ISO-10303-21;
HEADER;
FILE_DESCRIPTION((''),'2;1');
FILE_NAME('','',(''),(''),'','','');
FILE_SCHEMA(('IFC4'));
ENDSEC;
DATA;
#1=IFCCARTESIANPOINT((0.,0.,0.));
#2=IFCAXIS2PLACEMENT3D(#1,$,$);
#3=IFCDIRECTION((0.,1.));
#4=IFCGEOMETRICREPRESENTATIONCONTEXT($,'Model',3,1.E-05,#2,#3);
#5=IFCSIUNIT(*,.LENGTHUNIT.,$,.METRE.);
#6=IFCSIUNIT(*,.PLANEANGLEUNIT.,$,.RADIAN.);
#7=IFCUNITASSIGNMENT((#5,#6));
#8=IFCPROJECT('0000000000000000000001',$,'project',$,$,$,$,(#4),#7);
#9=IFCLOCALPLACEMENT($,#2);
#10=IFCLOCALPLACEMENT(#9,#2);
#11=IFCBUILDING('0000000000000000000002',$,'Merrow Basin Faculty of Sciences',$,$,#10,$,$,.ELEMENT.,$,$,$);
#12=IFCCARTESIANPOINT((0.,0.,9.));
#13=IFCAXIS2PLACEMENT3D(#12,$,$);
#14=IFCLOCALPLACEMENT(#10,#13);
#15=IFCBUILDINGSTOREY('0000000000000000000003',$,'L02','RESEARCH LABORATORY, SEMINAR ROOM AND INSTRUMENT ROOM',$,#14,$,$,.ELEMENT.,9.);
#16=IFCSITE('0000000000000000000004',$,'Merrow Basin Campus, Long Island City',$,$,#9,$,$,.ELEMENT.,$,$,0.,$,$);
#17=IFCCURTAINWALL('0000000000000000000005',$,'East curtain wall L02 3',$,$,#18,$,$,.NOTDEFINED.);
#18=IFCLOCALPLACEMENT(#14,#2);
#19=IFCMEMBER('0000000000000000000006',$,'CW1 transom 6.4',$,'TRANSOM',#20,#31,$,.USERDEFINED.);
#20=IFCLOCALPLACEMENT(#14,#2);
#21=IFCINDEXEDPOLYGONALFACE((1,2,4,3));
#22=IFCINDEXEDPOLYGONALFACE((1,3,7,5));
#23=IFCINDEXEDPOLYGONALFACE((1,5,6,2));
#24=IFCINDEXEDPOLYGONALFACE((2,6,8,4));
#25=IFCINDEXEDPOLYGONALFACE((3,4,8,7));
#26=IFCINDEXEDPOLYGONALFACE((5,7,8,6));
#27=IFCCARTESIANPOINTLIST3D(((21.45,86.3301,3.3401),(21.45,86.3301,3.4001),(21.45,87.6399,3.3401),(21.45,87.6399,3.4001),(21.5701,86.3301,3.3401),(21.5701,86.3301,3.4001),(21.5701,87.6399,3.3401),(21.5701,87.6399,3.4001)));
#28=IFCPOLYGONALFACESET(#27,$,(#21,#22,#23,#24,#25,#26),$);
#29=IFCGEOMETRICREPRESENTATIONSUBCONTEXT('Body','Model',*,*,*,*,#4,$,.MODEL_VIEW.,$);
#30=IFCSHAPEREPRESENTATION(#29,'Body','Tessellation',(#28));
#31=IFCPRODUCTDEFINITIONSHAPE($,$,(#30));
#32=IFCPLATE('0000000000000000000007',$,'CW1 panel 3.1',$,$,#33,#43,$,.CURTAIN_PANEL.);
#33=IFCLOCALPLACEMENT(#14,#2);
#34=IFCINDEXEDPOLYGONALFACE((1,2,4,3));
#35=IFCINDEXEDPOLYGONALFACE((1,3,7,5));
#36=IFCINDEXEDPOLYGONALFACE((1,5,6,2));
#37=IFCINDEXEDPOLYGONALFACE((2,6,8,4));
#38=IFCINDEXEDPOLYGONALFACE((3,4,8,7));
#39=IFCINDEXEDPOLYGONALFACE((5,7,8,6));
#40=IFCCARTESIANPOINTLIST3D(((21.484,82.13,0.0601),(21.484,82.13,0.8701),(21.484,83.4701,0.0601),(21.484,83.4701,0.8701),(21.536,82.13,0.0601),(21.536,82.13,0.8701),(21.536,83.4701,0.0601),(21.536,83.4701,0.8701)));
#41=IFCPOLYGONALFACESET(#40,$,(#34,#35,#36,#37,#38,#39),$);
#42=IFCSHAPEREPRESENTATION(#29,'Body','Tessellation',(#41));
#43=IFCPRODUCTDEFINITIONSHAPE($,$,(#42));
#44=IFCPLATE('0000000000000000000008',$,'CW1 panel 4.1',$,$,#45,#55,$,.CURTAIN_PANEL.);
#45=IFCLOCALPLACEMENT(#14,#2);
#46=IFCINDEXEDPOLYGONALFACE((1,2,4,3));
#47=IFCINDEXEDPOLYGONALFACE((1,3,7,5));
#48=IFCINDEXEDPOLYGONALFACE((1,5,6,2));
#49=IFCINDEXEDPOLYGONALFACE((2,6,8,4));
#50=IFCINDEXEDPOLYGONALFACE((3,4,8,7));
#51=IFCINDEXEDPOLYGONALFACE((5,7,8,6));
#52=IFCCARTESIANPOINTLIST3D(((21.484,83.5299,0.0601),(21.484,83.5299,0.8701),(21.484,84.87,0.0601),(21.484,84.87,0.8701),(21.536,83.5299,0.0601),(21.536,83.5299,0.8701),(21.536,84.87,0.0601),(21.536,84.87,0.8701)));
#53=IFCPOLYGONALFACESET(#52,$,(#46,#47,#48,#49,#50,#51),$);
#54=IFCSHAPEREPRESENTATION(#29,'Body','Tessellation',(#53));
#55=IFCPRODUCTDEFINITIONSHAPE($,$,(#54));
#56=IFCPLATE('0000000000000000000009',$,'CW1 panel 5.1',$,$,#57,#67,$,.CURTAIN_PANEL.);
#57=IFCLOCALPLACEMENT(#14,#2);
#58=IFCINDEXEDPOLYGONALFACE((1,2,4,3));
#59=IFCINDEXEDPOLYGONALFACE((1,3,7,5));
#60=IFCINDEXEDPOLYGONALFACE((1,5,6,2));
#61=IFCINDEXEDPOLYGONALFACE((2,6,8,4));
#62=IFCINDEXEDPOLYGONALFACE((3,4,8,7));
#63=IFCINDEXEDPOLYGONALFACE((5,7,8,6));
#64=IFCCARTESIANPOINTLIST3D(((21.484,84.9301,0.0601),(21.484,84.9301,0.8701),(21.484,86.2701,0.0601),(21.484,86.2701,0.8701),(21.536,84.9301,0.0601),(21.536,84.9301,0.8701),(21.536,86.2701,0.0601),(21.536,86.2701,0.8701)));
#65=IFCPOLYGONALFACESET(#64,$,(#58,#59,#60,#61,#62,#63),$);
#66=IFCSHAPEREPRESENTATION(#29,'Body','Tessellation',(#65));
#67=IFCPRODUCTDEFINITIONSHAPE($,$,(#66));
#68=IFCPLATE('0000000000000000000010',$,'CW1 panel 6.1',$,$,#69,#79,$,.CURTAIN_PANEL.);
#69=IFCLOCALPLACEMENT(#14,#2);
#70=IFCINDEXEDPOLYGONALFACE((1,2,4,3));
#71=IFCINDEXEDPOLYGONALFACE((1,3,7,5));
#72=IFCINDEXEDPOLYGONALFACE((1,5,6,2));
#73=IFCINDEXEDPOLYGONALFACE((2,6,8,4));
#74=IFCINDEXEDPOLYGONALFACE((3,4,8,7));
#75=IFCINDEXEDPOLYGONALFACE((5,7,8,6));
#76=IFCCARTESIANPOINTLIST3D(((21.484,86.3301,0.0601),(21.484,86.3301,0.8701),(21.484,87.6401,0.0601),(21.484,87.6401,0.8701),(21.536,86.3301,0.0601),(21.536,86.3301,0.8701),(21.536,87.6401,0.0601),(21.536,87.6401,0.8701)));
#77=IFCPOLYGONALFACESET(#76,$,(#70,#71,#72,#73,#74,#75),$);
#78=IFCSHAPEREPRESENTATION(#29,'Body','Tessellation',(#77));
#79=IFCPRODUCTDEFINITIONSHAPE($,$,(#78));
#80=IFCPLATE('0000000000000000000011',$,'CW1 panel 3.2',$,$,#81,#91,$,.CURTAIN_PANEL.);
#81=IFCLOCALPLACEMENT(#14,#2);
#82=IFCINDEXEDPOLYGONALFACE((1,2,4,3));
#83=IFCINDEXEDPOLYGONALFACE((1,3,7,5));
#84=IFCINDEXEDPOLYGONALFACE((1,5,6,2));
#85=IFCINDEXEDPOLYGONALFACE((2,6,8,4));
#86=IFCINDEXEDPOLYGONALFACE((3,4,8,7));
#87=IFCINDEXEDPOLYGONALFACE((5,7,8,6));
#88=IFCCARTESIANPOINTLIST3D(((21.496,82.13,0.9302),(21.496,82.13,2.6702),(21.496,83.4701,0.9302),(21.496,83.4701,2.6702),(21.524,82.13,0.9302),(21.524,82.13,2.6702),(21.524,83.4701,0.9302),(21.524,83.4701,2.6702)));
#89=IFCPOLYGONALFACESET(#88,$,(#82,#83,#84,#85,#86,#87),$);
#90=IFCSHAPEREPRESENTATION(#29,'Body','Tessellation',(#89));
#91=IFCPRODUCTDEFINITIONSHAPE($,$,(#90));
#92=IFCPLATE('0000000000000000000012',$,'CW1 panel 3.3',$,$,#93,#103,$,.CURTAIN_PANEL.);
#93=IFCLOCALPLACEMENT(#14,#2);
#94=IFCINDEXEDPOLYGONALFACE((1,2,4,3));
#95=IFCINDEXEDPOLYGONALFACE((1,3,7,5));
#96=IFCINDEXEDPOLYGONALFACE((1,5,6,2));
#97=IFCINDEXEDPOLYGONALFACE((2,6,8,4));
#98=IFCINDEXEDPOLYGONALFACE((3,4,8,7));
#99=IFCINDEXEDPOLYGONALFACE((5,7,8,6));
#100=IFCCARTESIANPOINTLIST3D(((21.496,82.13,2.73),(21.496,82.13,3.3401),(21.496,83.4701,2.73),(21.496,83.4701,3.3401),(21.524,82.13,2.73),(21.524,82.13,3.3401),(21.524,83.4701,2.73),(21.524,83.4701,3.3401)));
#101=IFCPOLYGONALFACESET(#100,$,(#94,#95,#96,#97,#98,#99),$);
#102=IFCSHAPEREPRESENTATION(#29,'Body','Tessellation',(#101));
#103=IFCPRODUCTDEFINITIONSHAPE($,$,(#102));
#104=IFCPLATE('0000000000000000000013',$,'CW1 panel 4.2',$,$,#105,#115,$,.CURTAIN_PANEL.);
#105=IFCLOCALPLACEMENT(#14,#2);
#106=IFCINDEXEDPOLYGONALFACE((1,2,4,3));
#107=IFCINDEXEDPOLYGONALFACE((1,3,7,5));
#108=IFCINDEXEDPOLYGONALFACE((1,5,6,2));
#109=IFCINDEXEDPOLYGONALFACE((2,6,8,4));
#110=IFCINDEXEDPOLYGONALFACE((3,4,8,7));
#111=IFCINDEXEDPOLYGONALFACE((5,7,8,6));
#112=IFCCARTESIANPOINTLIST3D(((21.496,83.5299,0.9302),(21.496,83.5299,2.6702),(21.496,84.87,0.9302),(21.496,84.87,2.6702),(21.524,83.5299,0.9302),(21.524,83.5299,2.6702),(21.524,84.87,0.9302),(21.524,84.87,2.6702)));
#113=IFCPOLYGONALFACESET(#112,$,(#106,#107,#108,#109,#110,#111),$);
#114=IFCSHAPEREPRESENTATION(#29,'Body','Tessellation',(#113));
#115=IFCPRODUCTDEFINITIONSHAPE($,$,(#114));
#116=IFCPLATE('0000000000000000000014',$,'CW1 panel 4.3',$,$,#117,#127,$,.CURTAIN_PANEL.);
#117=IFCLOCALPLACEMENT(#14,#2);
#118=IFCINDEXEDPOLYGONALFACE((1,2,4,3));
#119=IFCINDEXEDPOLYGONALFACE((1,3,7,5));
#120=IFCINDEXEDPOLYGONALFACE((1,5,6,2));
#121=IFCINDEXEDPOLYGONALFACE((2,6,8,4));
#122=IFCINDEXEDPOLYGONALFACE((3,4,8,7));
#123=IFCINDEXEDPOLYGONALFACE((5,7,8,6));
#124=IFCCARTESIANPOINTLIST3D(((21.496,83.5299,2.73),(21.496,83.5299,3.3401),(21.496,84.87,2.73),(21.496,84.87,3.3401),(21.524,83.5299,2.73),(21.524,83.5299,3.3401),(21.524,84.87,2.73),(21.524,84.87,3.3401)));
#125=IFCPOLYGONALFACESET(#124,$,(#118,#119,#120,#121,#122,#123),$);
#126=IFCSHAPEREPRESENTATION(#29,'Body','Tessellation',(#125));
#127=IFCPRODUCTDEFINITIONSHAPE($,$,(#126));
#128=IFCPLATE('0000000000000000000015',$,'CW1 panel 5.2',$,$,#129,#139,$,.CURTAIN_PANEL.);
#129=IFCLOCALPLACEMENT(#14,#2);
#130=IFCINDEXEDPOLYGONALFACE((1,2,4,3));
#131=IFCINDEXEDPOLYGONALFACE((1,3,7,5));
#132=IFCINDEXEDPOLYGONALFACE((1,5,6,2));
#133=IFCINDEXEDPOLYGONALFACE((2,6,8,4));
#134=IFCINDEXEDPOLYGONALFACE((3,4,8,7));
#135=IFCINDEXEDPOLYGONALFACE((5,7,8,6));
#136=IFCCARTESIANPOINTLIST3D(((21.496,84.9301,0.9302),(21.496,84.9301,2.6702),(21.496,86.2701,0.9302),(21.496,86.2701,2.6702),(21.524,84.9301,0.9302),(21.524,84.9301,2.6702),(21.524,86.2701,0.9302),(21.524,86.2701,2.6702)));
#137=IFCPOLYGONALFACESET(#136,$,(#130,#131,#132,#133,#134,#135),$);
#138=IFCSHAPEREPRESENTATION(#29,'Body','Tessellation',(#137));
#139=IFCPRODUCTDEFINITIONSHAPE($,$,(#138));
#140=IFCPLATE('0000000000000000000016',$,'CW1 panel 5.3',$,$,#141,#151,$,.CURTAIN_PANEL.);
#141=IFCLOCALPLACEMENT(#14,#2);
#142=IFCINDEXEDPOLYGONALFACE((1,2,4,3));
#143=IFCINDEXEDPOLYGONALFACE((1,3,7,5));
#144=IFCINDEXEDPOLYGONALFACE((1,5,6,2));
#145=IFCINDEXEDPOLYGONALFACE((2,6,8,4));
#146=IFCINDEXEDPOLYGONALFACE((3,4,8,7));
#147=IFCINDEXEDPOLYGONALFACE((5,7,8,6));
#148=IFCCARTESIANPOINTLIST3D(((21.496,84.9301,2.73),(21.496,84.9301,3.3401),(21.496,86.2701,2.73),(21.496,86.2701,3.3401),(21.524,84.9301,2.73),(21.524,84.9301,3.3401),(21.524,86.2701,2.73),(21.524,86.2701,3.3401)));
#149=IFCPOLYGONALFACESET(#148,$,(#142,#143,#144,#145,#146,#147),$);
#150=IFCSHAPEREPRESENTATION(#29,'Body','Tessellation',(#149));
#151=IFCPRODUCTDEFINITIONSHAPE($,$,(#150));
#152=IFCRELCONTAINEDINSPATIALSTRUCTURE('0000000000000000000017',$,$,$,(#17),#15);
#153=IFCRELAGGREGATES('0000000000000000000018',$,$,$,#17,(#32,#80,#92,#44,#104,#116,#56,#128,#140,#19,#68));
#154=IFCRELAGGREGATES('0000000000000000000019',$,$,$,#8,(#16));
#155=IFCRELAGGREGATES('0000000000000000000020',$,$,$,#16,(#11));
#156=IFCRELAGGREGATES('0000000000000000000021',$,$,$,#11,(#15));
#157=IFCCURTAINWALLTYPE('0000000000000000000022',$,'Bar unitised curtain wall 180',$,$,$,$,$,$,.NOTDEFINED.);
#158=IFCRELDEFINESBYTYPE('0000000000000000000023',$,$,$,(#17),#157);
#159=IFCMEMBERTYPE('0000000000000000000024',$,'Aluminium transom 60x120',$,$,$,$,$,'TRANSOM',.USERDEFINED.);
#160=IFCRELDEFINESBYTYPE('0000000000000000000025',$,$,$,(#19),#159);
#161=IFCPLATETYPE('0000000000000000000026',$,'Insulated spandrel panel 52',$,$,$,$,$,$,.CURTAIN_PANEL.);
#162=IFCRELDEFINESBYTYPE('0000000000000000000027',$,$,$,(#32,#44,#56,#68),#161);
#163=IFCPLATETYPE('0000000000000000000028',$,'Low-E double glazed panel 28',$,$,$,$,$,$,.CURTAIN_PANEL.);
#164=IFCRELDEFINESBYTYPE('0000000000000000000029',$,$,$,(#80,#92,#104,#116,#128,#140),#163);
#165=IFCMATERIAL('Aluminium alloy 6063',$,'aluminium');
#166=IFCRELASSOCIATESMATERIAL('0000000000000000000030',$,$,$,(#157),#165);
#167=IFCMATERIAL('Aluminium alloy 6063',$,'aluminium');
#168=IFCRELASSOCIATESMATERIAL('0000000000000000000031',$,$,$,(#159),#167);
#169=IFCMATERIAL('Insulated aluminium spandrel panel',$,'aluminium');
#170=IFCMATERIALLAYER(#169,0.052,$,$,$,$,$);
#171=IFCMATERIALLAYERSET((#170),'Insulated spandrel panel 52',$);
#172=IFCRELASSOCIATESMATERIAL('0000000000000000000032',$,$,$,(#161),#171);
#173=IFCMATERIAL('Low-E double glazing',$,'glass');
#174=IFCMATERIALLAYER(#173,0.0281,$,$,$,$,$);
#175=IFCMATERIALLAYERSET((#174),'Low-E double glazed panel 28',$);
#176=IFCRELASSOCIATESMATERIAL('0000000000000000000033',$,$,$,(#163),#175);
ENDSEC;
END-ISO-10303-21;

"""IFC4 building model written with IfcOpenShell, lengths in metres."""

from ifc_helpers import new_model, si_unit, direction, frame, origin, origin_2d, place, context, subcontext, project, spatial, rectangle, extrude, material, layer, layer_set, material_profile, profile_set, type_object, element, aggregate, save


model = new_model("IFC4")

# Units and contexts
model_context = context("Model", 3, precision=1e-05, world=origin(), true_north=direction((0.0, 1.0)))
body_context = subcontext(model_context, "Body", "Model", "MODEL_VIEW")
ifc_project = project(units=[si_unit("LENGTHUNIT", "METRE"), si_unit("PLANEANGLEUNIT", "RADIAN")], contexts=[model_context])

# Site, building, storey
site_placement = place(None, origin())
site = spatial("IfcSite", under=ifc_project, at=site_placement, Name="Merrow Basin Campus, Long Island City", CompositionType="ELEMENT", RefElevation=0.0)
building_placement = place(site_placement, origin())
building = spatial("IfcBuilding", under=site, at=building_placement, Name="Merrow Basin Faculty of Sciences", CompositionType="ELEMENT")
storey_placement = place(building_placement, frame((0.0, 0.0, 9.0)))
storey = spatial("IfcBuildingStorey", under=building, at=storey_placement, Name="L02", Description="RESEARCH LABORATORY, SEMINAR ROOM AND INSTRUMENT ROOM", CompositionType="ELEMENT", Elevation=9.0)

# Curtain wall, member, plates
ifc_material_1 = material(Name="Aluminium alloy 6063", Category="aluminium")
curtain_wall_type = type_object("IfcCurtainWallType", Name="Bar unitised curtain wall 180", PredefinedType="NOTDEFINED", material=ifc_material_1)
curtain_wall_placement = place(storey_placement, origin())
curtain_wall = element("IfcCurtainWall", 1, at=curtain_wall_placement, inside=storey, type_object=curtain_wall_type, Name="East curtain wall L02 3", PredefinedType="NOTDEFINED")
ifc_material_2 = material(Name="Aluminium alloy 6063", Category="aluminium")
ifc_material_profile_1 = material_profile(ifc_material_2, rectangle(XDim=0.1201, YDim=0.0601, at=origin_2d()))
ifc_profile_set_1 = profile_set([ifc_material_profile_1], Name="Aluminium alloy 6063")
member_type_1 = type_object("IfcMemberType", Name="Aluminium transom 60x120", ElementType="TRANSOM", PredefinedType="USERDEFINED", material=ifc_profile_set_1)
member_1_placement = place(storey_placement, frame((21.51, 86.3301, 3.3701), z_axis=(0.0, 1.0, 0.0), x_axis=(-1.0, 0.0, 0.0)))
member_1 = element("IfcMember", 2, at=member_1_placement, type_object=member_type_1, Name="CW1 transom 6.4", ObjectType="TRANSOM", PredefinedType="USERDEFINED", context=body_context, shape_type="SweptSolid", body=[
    extrude(rectangle(XDim=0.1201, YDim=0.0601, at=origin_2d()), origin(), (0.0, 0.0, 1.0), 1.3098),
])
ifc_material_3 = material(Name="Insulated aluminium spandrel panel", Category="aluminium")
ifc_layer_1 = layer(ifc_material_3, 0.052)
ifc_layer_set_1 = layer_set([ifc_layer_1], Name="Insulated spandrel panel 52")
plate_type_1 = type_object("IfcPlateType", Name="Insulated spandrel panel 52", PredefinedType="CURTAIN_PANEL", material=ifc_layer_set_1)
plate_1_placement = place(storey_placement, frame((21.51, 82.8, 0.0601), z_axis=(0.0, 0.0, 1.0), x_axis=(0.0, 1.0, 0.0)))
plate_1 = element("IfcPlate", 3, at=plate_1_placement, type_object=plate_type_1, Name="CW1 panel 3.1", PredefinedType="CURTAIN_PANEL", context=body_context, shape_type="SweptSolid", body=[
    extrude(rectangle(XDim=1.3401, YDim=0.052, at=origin_2d()), origin(), (0.0, 0.0, 1.0), 0.8101),
])
plate_2_placement = place(storey_placement, frame((21.51, 84.2, 0.0601), z_axis=(0.0, 0.0, 1.0), x_axis=(0.0, 1.0, 0.0)))
plate_2 = element("IfcPlate", 4, at=plate_2_placement, type_object=plate_type_1, Name="CW1 panel 4.1", PredefinedType="CURTAIN_PANEL", context=body_context, shape_type="SweptSolid", body=[
    extrude(rectangle(XDim=1.3401, YDim=0.052, at=origin_2d()), origin(), (0.0, 0.0, 1.0), 0.8101),
])
plate_3_placement = place(storey_placement, frame((21.51, 85.6001, 0.0601), z_axis=(0.0, 0.0, 1.0), x_axis=(0.0, 1.0, 0.0)))
plate_3 = element("IfcPlate", 5, at=plate_3_placement, type_object=plate_type_1, Name="CW1 panel 5.1", PredefinedType="CURTAIN_PANEL", context=body_context, shape_type="SweptSolid", body=[
    extrude(rectangle(XDim=1.3401, YDim=0.052, at=origin_2d()), origin(), (0.0, 0.0, 1.0), 0.8101),
])
plate_4_placement = place(storey_placement, frame((21.51, 86.9851, 0.0601), z_axis=(0.0, 0.0, 1.0), x_axis=(0.0, 1.0, 0.0)))
plate_4 = element("IfcPlate", 6, at=plate_4_placement, type_object=plate_type_1, Name="CW1 panel 6.1", PredefinedType="CURTAIN_PANEL", context=body_context, shape_type="SweptSolid", body=[
    extrude(rectangle(XDim=1.3101, YDim=0.052, at=origin_2d()), origin(), (0.0, 0.0, 1.0), 0.8101),
])
ifc_material_4 = material(Name="Low-E double glazing", Category="glass")
ifc_layer_2 = layer(ifc_material_4, 0.0281)
ifc_layer_set_2 = layer_set([ifc_layer_2], Name="Low-E double glazed panel 28")
plate_type_2 = type_object("IfcPlateType", Name="Low-E double glazed panel 28", PredefinedType="CURTAIN_PANEL", material=ifc_layer_set_2)
plate_5_placement = place(storey_placement, frame((21.51, 82.8, 0.9302), z_axis=(0.0, 0.0, 1.0), x_axis=(0.0, 1.0, 0.0)))
plate_5 = element("IfcPlate", 7, at=plate_5_placement, type_object=plate_type_2, Name="CW1 panel 3.2", PredefinedType="CURTAIN_PANEL", context=body_context, shape_type="SweptSolid", body=[
    extrude(rectangle(XDim=1.3401, YDim=0.0281, at=origin_2d()), origin(), (0.0, 0.0, 1.0), 1.74),
])
plate_6_placement = place(storey_placement, frame((21.51, 82.8, 2.73), z_axis=(0.0, 0.0, 1.0), x_axis=(0.0, 1.0, 0.0)))
plate_6 = element("IfcPlate", 8, at=plate_6_placement, type_object=plate_type_2, Name="CW1 panel 3.3", PredefinedType="CURTAIN_PANEL", context=body_context, shape_type="SweptSolid", body=[
    extrude(rectangle(XDim=1.3401, YDim=0.0281, at=origin_2d()), origin(), (0.0, 0.0, 1.0), 0.6101),
])
plate_7_placement = place(storey_placement, frame((21.51, 84.2, 0.9302), z_axis=(0.0, 0.0, 1.0), x_axis=(0.0, 1.0, 0.0)))
plate_7 = element("IfcPlate", 9, at=plate_7_placement, type_object=plate_type_2, Name="CW1 panel 4.2", PredefinedType="CURTAIN_PANEL", context=body_context, shape_type="SweptSolid", body=[
    extrude(rectangle(XDim=1.3401, YDim=0.0281, at=origin_2d()), origin(), (0.0, 0.0, 1.0), 1.74),
])
plate_8_placement = place(storey_placement, frame((21.51, 84.2, 2.73), z_axis=(0.0, 0.0, 1.0), x_axis=(0.0, 1.0, 0.0)))
plate_8 = element("IfcPlate", 10, at=plate_8_placement, type_object=plate_type_2, Name="CW1 panel 4.3", PredefinedType="CURTAIN_PANEL", context=body_context, shape_type="SweptSolid", body=[
    extrude(rectangle(XDim=1.3401, YDim=0.0281, at=origin_2d()), origin(), (0.0, 0.0, 1.0), 0.6101),
])
plate_9_placement = place(storey_placement, frame((21.51, 85.6001, 0.9302), z_axis=(0.0, 0.0, 1.0), x_axis=(0.0, 1.0, 0.0)))
plate_9 = element("IfcPlate", 11, at=plate_9_placement, type_object=plate_type_2, Name="CW1 panel 5.2", PredefinedType="CURTAIN_PANEL", context=body_context, shape_type="SweptSolid", body=[
    extrude(rectangle(XDim=1.3401, YDim=0.0281, at=origin_2d()), origin(), (0.0, 0.0, 1.0), 1.74),
])
plate_10_placement = place(storey_placement, frame((21.51, 85.6001, 2.73), z_axis=(0.0, 0.0, 1.0), x_axis=(0.0, 1.0, 0.0)))
plate_10 = element("IfcPlate", 12, at=plate_10_placement, type_object=plate_type_2, Name="CW1 panel 5.3", PredefinedType="CURTAIN_PANEL", context=body_context, shape_type="SweptSolid", body=[
    extrude(rectangle(XDim=1.3401, YDim=0.0281, at=origin_2d()), origin(), (0.0, 0.0, 1.0), 0.6101),
])
aggregate(curtain_wall, [plate_1, plate_5, plate_6, plate_2, plate_7, plate_8, plate_3, plate_9, plate_10, member_1, plate_4])

save(model, "model.ifc")
